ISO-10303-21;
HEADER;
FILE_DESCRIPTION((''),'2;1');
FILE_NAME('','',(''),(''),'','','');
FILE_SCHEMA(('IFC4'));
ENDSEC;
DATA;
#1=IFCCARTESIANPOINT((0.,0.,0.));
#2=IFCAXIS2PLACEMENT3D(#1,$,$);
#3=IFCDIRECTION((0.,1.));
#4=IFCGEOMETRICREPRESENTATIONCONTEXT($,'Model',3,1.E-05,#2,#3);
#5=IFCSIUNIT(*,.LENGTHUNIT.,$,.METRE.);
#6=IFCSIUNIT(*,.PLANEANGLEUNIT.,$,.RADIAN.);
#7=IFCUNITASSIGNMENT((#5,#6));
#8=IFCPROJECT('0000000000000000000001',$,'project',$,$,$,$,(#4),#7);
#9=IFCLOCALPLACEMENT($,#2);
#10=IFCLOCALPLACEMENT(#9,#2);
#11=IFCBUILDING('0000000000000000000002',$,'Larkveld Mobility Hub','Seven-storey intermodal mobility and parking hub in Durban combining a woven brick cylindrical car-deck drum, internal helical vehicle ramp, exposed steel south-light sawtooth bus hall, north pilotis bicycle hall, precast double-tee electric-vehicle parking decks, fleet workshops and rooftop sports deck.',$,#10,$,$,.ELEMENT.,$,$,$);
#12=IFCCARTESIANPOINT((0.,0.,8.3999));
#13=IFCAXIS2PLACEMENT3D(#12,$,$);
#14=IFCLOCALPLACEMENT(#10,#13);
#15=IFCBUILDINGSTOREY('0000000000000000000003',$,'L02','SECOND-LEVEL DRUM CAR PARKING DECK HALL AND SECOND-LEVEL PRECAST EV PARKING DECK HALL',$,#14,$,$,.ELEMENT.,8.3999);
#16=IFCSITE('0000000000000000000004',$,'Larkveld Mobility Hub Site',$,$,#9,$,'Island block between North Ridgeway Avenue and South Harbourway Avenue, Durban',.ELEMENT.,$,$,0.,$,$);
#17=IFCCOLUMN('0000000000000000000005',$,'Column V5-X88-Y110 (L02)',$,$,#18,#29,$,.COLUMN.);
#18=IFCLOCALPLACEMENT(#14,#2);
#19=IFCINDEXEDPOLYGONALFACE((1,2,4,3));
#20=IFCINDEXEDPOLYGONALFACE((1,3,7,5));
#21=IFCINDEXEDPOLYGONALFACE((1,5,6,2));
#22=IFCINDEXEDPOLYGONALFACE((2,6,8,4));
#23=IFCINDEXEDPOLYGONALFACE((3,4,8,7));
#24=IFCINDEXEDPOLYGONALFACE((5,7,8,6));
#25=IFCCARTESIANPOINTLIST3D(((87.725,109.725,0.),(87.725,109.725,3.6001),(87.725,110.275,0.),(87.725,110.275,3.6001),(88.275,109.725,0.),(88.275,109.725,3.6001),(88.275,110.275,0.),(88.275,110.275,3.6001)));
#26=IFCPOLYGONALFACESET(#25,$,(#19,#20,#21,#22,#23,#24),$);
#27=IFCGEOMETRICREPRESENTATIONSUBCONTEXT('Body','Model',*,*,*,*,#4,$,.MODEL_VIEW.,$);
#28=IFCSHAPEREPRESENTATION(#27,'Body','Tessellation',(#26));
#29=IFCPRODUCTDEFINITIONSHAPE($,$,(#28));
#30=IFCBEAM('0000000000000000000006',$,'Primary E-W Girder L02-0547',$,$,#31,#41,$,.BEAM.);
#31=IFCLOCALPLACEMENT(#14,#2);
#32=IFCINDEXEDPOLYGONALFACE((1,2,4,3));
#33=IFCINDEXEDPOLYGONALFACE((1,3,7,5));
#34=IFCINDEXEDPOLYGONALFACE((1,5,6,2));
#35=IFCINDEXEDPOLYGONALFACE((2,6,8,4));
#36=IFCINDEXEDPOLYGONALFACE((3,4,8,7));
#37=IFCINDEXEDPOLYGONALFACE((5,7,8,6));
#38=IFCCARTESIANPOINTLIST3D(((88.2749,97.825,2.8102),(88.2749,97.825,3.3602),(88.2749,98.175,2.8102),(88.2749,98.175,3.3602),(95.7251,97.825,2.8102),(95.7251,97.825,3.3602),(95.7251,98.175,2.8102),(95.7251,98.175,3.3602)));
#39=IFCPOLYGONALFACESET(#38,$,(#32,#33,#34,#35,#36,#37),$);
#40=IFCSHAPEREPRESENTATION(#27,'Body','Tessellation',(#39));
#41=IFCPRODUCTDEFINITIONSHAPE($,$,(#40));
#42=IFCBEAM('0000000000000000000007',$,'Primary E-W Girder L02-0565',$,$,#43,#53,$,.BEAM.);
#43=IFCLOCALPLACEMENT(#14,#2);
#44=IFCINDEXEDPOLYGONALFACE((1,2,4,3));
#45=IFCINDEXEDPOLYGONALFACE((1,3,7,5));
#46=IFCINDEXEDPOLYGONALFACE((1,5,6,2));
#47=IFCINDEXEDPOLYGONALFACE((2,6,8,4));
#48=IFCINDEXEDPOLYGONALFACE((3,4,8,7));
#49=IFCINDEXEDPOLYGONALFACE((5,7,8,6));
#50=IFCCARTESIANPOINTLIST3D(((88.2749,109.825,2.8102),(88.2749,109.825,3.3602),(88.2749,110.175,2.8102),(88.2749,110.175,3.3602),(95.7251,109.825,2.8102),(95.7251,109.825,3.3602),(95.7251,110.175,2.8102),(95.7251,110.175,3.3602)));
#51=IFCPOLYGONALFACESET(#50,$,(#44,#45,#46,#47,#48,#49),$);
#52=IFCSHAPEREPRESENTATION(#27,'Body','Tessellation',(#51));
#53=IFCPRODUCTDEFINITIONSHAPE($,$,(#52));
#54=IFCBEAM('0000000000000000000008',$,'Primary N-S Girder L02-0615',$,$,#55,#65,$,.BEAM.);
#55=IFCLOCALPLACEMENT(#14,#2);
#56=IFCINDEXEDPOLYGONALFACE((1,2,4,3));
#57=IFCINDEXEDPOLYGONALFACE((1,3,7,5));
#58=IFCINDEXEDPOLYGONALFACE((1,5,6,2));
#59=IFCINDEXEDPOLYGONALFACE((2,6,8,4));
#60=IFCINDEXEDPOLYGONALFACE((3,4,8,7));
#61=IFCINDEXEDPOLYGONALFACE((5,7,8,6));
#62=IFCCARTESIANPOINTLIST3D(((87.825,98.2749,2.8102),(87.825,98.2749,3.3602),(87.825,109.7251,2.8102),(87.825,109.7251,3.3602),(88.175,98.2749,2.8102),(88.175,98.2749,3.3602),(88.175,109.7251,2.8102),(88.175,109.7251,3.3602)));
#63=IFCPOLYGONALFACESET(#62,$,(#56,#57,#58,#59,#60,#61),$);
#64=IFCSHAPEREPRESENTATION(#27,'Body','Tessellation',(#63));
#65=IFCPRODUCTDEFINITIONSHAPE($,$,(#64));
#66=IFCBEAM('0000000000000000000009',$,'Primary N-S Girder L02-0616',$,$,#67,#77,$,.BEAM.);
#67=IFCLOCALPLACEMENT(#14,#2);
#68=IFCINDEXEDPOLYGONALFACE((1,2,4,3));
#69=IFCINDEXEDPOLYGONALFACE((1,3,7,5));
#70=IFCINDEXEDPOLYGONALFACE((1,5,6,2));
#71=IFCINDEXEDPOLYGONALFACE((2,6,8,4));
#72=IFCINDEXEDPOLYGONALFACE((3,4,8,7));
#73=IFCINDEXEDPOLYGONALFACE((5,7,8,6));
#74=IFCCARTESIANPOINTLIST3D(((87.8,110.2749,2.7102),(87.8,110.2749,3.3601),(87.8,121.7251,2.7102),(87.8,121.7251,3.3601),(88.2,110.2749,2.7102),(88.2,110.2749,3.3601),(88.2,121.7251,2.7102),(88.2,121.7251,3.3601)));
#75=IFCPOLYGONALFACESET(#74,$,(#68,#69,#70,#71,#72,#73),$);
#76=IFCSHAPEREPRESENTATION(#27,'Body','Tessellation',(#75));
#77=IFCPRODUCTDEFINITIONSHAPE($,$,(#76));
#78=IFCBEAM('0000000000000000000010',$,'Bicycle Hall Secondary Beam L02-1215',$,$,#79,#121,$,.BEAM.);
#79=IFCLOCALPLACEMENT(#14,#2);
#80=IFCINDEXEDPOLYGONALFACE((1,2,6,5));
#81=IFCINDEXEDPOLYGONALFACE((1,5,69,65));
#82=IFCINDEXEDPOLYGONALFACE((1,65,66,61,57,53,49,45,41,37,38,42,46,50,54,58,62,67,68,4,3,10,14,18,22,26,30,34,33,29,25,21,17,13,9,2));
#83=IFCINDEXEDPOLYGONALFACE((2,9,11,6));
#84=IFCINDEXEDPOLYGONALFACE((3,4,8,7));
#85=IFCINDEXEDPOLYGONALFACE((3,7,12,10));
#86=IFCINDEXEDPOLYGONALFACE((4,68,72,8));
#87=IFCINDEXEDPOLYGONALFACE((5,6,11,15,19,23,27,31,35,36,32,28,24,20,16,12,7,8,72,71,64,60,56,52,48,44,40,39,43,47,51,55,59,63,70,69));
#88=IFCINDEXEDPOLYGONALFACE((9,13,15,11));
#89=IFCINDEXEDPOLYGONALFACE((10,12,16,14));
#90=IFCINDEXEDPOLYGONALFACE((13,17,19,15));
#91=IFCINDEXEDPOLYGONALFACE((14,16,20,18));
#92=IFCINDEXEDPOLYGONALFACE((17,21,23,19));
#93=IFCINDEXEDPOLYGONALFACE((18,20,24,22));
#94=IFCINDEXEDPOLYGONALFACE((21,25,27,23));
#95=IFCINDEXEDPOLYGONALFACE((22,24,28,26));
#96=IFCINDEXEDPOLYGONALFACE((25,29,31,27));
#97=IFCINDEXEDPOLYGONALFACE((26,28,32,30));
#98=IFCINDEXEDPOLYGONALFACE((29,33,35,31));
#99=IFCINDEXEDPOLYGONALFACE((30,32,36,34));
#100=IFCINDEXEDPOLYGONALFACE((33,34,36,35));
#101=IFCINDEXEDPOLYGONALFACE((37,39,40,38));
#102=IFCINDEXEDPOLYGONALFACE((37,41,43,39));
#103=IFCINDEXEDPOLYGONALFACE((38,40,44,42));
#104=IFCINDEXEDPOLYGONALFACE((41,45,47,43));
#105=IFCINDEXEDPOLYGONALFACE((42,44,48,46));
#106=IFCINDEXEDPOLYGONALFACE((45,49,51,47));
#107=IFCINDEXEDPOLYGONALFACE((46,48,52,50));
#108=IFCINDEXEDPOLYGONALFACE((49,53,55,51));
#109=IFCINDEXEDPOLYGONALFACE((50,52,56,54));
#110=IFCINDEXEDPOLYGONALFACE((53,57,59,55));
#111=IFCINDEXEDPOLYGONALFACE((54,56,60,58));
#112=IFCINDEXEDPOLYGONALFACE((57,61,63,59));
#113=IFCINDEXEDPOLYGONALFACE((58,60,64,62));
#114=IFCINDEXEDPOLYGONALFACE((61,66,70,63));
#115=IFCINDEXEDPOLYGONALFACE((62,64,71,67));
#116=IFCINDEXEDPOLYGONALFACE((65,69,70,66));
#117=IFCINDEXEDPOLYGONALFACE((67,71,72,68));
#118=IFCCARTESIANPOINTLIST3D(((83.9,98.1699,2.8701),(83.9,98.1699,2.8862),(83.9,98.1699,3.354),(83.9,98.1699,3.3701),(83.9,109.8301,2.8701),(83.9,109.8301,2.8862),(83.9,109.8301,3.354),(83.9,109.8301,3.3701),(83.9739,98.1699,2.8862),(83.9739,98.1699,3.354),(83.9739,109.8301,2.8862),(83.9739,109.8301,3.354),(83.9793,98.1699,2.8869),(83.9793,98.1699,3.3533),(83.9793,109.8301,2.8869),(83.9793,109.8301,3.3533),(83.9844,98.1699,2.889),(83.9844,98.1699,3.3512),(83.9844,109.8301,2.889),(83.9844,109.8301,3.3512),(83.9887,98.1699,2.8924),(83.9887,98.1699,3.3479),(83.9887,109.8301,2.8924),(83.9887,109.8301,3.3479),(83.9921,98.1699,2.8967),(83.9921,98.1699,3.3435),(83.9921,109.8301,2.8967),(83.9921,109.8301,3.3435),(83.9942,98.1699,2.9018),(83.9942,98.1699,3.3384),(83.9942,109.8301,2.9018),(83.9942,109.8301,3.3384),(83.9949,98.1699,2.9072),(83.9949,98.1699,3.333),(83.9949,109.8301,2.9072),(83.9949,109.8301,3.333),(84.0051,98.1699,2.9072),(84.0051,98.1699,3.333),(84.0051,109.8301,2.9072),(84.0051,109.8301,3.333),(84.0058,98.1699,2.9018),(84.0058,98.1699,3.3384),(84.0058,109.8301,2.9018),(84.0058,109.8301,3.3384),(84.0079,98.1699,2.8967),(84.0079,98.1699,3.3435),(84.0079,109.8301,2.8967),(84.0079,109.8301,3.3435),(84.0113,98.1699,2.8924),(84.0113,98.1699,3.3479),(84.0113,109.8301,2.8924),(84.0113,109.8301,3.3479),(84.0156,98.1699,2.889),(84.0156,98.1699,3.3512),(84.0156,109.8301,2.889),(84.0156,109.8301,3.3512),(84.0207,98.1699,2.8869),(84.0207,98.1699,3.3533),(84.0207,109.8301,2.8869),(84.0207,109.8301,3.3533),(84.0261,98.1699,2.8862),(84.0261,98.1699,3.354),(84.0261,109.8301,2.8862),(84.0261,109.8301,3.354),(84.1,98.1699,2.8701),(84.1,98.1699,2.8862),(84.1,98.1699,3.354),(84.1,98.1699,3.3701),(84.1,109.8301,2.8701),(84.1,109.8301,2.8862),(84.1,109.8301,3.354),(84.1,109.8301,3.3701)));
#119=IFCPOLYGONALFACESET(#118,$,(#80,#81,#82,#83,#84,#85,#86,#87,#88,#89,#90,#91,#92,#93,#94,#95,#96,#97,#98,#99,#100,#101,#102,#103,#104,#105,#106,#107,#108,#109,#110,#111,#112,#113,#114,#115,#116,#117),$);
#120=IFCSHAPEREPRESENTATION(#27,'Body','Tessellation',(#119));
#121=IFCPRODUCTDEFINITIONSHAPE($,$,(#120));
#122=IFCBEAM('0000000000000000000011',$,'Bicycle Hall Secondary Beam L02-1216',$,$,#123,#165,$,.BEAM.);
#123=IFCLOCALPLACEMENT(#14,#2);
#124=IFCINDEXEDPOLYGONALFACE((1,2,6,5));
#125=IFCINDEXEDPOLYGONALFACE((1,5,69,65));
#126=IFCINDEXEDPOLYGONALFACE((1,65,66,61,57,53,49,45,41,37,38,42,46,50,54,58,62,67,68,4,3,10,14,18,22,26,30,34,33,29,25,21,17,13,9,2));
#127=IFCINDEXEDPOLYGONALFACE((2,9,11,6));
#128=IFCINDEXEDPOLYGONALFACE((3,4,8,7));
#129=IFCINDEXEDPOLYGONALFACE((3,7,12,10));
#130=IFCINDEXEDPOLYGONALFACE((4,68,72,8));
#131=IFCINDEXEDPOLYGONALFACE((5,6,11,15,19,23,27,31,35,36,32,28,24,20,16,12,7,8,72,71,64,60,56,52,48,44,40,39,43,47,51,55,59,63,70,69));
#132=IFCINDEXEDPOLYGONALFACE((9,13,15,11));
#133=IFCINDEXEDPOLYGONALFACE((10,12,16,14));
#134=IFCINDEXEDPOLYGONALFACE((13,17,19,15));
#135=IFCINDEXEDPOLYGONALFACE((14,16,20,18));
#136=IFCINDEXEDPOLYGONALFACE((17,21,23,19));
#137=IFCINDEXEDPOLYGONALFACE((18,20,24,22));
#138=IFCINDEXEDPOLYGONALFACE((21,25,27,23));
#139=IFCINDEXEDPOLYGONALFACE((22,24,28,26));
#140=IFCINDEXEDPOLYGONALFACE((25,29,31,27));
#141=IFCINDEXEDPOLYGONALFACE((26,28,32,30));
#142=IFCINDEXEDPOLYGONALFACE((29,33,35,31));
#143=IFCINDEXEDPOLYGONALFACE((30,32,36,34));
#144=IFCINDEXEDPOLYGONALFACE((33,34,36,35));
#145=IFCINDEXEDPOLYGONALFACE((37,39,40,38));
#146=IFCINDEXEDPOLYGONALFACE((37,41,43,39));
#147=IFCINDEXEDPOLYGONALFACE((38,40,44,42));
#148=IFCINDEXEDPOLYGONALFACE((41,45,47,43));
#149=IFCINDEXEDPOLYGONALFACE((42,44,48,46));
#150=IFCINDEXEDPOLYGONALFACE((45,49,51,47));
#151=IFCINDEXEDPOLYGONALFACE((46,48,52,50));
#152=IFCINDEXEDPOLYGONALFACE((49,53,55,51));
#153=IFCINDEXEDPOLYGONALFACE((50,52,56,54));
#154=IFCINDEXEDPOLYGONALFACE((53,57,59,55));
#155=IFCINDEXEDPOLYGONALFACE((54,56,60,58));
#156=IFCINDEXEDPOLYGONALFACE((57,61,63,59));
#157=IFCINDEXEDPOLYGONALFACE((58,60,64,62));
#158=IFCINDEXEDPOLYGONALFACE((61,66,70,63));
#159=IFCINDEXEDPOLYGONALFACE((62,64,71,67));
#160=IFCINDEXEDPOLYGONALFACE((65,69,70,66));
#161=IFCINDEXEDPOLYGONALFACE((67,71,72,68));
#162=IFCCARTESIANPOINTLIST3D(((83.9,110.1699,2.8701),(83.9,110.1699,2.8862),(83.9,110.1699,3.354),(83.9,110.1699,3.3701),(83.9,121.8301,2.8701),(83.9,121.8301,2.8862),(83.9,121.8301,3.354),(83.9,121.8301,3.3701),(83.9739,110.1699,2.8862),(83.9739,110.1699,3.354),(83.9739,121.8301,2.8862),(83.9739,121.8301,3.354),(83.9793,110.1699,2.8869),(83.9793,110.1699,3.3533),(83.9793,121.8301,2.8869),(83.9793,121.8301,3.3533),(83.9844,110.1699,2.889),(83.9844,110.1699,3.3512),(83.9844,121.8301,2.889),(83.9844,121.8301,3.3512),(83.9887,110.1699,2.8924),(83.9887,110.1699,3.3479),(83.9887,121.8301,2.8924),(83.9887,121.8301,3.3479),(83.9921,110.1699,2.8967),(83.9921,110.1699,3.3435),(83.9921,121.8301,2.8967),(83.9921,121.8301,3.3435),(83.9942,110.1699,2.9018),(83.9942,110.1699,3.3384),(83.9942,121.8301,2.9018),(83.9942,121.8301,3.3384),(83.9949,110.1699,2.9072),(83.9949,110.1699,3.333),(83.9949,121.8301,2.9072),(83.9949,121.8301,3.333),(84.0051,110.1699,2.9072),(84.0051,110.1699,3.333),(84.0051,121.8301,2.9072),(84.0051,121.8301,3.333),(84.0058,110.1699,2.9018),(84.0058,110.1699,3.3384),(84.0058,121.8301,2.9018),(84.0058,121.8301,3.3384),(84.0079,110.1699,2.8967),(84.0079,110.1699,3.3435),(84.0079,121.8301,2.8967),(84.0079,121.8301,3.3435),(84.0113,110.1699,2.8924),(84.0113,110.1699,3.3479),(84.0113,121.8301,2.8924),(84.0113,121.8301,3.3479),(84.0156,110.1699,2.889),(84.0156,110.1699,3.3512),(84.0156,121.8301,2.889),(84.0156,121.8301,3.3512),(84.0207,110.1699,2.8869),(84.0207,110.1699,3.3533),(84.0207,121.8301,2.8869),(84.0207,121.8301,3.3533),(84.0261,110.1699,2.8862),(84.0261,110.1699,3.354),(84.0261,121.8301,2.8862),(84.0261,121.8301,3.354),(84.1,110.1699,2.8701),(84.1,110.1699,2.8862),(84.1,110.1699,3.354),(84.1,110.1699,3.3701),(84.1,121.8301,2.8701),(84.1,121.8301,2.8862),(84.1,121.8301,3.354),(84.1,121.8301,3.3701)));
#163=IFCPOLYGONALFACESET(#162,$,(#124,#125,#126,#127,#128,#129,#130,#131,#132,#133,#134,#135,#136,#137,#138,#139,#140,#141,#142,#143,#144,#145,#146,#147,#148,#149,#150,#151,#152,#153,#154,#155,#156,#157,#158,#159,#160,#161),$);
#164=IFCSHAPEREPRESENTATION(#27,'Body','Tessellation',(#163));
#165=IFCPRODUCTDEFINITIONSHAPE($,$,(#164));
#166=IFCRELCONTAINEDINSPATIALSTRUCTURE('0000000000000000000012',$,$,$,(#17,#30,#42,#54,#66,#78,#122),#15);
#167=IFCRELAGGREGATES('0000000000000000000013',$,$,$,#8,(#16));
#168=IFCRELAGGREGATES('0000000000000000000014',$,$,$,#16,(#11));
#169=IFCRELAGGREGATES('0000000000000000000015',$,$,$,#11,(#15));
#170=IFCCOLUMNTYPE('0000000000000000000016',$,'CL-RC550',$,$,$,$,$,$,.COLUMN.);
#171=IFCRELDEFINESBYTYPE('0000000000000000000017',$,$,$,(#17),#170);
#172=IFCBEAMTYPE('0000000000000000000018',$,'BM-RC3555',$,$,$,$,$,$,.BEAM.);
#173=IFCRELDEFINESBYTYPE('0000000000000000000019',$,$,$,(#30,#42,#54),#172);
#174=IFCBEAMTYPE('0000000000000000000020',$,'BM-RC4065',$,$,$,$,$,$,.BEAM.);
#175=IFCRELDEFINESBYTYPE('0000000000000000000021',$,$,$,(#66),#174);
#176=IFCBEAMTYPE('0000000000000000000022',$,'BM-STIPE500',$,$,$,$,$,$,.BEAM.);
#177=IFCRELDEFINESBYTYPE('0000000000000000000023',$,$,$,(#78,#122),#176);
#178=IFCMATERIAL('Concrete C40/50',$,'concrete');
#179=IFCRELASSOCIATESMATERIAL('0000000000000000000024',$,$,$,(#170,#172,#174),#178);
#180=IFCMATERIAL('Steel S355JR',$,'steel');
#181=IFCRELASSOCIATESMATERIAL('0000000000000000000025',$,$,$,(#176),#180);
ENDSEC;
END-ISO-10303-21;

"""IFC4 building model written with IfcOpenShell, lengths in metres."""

from ifc_helpers import new_model, si_unit, direction, frame, origin, origin_2d, place, context, subcontext, project, spatial, rectangle, i_section, extrude, material, material_profile, profile_set, type_object, element, save


model = new_model("IFC4")

# Units and contexts
model_context = context("Model", 3, precision=1e-05, world=origin(), true_north=direction((0.0, 1.0)))
body_context = subcontext(model_context, "Body", "Model", "MODEL_VIEW")
ifc_project = project(units=[si_unit("LENGTHUNIT", "METRE"), si_unit("PLANEANGLEUNIT", "RADIAN")], contexts=[model_context])

# Site, building, storey
site_placement = place(None, origin())
site = spatial("IfcSite", under=ifc_project, at=site_placement, Name="Larkveld Mobility Hub Site", LongName="Island block between North Ridgeway Avenue and South Harbourway Avenue, Durban", CompositionType="ELEMENT", RefElevation=0.0)
building_placement = place(site_placement, origin())
building = spatial("IfcBuilding", under=site, at=building_placement, Name="Larkveld Mobility Hub", Description="Seven-storey intermodal mobility and parking hub in Durban combining a woven brick cylindrical car-deck drum, internal helical vehicle ramp, exposed steel south-light sawtooth bus hall, north pilotis bicycle hall, precast double-tee electric-vehicle parking decks, fleet workshops and rooftop sports deck.", CompositionType="ELEMENT")
storey_placement = place(building_placement, frame((0.0, 0.0, 8.3999)))
storey = spatial("IfcBuildingStorey", under=building, at=storey_placement, Name="L02", Description="SECOND-LEVEL DRUM CAR PARKING DECK HALL AND SECOND-LEVEL PRECAST EV PARKING DECK HALL", CompositionType="ELEMENT", Elevation=8.3999)

# Column
ifc_material_1 = material(Name="Concrete C40/50", Category="concrete")
ifc_material_profile_1 = material_profile(ifc_material_1, rectangle(XDim=0.55, YDim=0.55, at=origin_2d()), Name="RC COL 550x550")
ifc_profile_set_1 = profile_set([ifc_material_profile_1], Name="Concrete C40/50")
column_type = type_object("IfcColumnType", Name="CL-RC550", PredefinedType="COLUMN", material=ifc_profile_set_1)
column_placement = place(storey_placement, frame((88.0, 110.0, 0.0), z_axis=(0.0, 0.0, 1.0), x_axis=(1.0, 0.0, 0.0)))
element("IfcColumn", 1, at=column_placement, inside=storey, type_object=column_type, Name="Column V5-X88-Y110 (L02)", PredefinedType="COLUMN", context=body_context, shape_type="SweptSolid", body=[
    extrude(rectangle(XDim=0.55, YDim=0.55, at=origin_2d()), origin(), (0.0, 0.0, 1.0), 3.6001),
])

# Beams
ifc_material_profile_2 = material_profile(ifc_material_1, rectangle(XDim=0.3501, YDim=0.55, at=origin_2d()), Name="RC BM 350x550")
ifc_profile_set_2 = profile_set([ifc_material_profile_2], Name="Concrete C40/50")
beam_type_1 = type_object("IfcBeamType", Name="BM-RC3555", PredefinedType="BEAM", material=ifc_profile_set_2)
for number, where, z_axis, x_axis, name in (
    (2, (88.2749, 98.0, 3.0852), (1.0, 0.0, 0.0), (0.0, 1.0, 0.0), "Primary E-W Girder L02-0547"),
    (3, (88.2749, 110.0, 3.0852), (1.0, 0.0, 0.0), (0.0, 1.0, 0.0), "Primary E-W Girder L02-0565"),
):
    element("IfcBeam", number, at=place(storey_placement, frame(where, z_axis=z_axis, x_axis=x_axis)), inside=storey, type_object=beam_type_1, Name=name, PredefinedType="BEAM", context=body_context, shape_type="SweptSolid", body=[
        extrude(rectangle(XDim=0.3501, YDim=0.55, at=origin_2d()), origin(), (0.0, 0.0, 1.0), 7.4502),
    ])
beam_1_placement = place(storey_placement, frame((88.0, 98.2749, 3.0852), z_axis=(0.0, 1.0, 0.0), x_axis=(-1.0, 0.0, 0.0)))
element("IfcBeam", 4, at=beam_1_placement, inside=storey, type_object=beam_type_1, Name="Primary N-S Girder L02-0615", PredefinedType="BEAM", context=body_context, shape_type="SweptSolid", body=[
    extrude(rectangle(XDim=0.3501, YDim=0.55, at=origin_2d()), origin(), (0.0, 0.0, 1.0), 11.4502),
])
ifc_material_profile_3 = material_profile(ifc_material_1, rectangle(XDim=0.3999, YDim=0.6499, at=origin_2d()), Name="RC BM 400x650")
ifc_profile_set_3 = profile_set([ifc_material_profile_3], Name="Concrete C40/50")
beam_type_2 = type_object("IfcBeamType", Name="BM-RC4065", PredefinedType="BEAM", material=ifc_profile_set_3)
beam_2_placement = place(storey_placement, frame((88.0, 110.2749, 3.0352), z_axis=(0.0, 1.0, 0.0), x_axis=(-1.0, 0.0, 0.0)))
element("IfcBeam", 5, at=beam_2_placement, inside=storey, type_object=beam_type_2, Name="Primary N-S Girder L02-0616", PredefinedType="BEAM", context=body_context, shape_type="SweptSolid", body=[
    extrude(rectangle(XDim=0.3999, YDim=0.6499, at=origin_2d()), origin(), (0.0, 0.0, 1.0), 11.4502),
])
ifc_material_2 = material(Name="Steel S355JR", Category="steel")
ifc_material_profile_4 = material_profile(ifc_material_2, i_section(OverallWidth=0.2, OverallDepth=0.5, WebThickness=0.0103, FlangeThickness=0.0161, FilletRadius=0.021, at=origin_2d()), Name="IPE 500")
ifc_profile_set_4 = profile_set([ifc_material_profile_4], Name="Steel S355JR")
beam_type_3 = type_object("IfcBeamType", Name="BM-STIPE500", PredefinedType="BEAM", material=ifc_profile_set_4)
for number, where, z_axis, x_axis, name in (
    (6, (84.0, 98.1699, 3.1201), (0.0, 1.0, 0.0), (-1.0, 0.0, 0.0), "Bicycle Hall Secondary Beam L02-1215"),
    (7, (84.0, 110.1699, 3.1201), (0.0, 1.0, 0.0), (-1.0, 0.0, 0.0), "Bicycle Hall Secondary Beam L02-1216"),
):
    element("IfcBeam", number, at=place(storey_placement, frame(where, z_axis=z_axis, x_axis=x_axis)), inside=storey, type_object=beam_type_3, Name=name, PredefinedType="BEAM", context=body_context, shape_type="SweptSolid", body=[
        extrude(i_section(OverallWidth=0.2, OverallDepth=0.5, WebThickness=0.0103, FlangeThickness=0.0161, FilletRadius=0.021, at=origin_2d()), origin(), (0.0, 0.0, 1.0), 11.6602),
    ])

save(model, "model.ifc")
